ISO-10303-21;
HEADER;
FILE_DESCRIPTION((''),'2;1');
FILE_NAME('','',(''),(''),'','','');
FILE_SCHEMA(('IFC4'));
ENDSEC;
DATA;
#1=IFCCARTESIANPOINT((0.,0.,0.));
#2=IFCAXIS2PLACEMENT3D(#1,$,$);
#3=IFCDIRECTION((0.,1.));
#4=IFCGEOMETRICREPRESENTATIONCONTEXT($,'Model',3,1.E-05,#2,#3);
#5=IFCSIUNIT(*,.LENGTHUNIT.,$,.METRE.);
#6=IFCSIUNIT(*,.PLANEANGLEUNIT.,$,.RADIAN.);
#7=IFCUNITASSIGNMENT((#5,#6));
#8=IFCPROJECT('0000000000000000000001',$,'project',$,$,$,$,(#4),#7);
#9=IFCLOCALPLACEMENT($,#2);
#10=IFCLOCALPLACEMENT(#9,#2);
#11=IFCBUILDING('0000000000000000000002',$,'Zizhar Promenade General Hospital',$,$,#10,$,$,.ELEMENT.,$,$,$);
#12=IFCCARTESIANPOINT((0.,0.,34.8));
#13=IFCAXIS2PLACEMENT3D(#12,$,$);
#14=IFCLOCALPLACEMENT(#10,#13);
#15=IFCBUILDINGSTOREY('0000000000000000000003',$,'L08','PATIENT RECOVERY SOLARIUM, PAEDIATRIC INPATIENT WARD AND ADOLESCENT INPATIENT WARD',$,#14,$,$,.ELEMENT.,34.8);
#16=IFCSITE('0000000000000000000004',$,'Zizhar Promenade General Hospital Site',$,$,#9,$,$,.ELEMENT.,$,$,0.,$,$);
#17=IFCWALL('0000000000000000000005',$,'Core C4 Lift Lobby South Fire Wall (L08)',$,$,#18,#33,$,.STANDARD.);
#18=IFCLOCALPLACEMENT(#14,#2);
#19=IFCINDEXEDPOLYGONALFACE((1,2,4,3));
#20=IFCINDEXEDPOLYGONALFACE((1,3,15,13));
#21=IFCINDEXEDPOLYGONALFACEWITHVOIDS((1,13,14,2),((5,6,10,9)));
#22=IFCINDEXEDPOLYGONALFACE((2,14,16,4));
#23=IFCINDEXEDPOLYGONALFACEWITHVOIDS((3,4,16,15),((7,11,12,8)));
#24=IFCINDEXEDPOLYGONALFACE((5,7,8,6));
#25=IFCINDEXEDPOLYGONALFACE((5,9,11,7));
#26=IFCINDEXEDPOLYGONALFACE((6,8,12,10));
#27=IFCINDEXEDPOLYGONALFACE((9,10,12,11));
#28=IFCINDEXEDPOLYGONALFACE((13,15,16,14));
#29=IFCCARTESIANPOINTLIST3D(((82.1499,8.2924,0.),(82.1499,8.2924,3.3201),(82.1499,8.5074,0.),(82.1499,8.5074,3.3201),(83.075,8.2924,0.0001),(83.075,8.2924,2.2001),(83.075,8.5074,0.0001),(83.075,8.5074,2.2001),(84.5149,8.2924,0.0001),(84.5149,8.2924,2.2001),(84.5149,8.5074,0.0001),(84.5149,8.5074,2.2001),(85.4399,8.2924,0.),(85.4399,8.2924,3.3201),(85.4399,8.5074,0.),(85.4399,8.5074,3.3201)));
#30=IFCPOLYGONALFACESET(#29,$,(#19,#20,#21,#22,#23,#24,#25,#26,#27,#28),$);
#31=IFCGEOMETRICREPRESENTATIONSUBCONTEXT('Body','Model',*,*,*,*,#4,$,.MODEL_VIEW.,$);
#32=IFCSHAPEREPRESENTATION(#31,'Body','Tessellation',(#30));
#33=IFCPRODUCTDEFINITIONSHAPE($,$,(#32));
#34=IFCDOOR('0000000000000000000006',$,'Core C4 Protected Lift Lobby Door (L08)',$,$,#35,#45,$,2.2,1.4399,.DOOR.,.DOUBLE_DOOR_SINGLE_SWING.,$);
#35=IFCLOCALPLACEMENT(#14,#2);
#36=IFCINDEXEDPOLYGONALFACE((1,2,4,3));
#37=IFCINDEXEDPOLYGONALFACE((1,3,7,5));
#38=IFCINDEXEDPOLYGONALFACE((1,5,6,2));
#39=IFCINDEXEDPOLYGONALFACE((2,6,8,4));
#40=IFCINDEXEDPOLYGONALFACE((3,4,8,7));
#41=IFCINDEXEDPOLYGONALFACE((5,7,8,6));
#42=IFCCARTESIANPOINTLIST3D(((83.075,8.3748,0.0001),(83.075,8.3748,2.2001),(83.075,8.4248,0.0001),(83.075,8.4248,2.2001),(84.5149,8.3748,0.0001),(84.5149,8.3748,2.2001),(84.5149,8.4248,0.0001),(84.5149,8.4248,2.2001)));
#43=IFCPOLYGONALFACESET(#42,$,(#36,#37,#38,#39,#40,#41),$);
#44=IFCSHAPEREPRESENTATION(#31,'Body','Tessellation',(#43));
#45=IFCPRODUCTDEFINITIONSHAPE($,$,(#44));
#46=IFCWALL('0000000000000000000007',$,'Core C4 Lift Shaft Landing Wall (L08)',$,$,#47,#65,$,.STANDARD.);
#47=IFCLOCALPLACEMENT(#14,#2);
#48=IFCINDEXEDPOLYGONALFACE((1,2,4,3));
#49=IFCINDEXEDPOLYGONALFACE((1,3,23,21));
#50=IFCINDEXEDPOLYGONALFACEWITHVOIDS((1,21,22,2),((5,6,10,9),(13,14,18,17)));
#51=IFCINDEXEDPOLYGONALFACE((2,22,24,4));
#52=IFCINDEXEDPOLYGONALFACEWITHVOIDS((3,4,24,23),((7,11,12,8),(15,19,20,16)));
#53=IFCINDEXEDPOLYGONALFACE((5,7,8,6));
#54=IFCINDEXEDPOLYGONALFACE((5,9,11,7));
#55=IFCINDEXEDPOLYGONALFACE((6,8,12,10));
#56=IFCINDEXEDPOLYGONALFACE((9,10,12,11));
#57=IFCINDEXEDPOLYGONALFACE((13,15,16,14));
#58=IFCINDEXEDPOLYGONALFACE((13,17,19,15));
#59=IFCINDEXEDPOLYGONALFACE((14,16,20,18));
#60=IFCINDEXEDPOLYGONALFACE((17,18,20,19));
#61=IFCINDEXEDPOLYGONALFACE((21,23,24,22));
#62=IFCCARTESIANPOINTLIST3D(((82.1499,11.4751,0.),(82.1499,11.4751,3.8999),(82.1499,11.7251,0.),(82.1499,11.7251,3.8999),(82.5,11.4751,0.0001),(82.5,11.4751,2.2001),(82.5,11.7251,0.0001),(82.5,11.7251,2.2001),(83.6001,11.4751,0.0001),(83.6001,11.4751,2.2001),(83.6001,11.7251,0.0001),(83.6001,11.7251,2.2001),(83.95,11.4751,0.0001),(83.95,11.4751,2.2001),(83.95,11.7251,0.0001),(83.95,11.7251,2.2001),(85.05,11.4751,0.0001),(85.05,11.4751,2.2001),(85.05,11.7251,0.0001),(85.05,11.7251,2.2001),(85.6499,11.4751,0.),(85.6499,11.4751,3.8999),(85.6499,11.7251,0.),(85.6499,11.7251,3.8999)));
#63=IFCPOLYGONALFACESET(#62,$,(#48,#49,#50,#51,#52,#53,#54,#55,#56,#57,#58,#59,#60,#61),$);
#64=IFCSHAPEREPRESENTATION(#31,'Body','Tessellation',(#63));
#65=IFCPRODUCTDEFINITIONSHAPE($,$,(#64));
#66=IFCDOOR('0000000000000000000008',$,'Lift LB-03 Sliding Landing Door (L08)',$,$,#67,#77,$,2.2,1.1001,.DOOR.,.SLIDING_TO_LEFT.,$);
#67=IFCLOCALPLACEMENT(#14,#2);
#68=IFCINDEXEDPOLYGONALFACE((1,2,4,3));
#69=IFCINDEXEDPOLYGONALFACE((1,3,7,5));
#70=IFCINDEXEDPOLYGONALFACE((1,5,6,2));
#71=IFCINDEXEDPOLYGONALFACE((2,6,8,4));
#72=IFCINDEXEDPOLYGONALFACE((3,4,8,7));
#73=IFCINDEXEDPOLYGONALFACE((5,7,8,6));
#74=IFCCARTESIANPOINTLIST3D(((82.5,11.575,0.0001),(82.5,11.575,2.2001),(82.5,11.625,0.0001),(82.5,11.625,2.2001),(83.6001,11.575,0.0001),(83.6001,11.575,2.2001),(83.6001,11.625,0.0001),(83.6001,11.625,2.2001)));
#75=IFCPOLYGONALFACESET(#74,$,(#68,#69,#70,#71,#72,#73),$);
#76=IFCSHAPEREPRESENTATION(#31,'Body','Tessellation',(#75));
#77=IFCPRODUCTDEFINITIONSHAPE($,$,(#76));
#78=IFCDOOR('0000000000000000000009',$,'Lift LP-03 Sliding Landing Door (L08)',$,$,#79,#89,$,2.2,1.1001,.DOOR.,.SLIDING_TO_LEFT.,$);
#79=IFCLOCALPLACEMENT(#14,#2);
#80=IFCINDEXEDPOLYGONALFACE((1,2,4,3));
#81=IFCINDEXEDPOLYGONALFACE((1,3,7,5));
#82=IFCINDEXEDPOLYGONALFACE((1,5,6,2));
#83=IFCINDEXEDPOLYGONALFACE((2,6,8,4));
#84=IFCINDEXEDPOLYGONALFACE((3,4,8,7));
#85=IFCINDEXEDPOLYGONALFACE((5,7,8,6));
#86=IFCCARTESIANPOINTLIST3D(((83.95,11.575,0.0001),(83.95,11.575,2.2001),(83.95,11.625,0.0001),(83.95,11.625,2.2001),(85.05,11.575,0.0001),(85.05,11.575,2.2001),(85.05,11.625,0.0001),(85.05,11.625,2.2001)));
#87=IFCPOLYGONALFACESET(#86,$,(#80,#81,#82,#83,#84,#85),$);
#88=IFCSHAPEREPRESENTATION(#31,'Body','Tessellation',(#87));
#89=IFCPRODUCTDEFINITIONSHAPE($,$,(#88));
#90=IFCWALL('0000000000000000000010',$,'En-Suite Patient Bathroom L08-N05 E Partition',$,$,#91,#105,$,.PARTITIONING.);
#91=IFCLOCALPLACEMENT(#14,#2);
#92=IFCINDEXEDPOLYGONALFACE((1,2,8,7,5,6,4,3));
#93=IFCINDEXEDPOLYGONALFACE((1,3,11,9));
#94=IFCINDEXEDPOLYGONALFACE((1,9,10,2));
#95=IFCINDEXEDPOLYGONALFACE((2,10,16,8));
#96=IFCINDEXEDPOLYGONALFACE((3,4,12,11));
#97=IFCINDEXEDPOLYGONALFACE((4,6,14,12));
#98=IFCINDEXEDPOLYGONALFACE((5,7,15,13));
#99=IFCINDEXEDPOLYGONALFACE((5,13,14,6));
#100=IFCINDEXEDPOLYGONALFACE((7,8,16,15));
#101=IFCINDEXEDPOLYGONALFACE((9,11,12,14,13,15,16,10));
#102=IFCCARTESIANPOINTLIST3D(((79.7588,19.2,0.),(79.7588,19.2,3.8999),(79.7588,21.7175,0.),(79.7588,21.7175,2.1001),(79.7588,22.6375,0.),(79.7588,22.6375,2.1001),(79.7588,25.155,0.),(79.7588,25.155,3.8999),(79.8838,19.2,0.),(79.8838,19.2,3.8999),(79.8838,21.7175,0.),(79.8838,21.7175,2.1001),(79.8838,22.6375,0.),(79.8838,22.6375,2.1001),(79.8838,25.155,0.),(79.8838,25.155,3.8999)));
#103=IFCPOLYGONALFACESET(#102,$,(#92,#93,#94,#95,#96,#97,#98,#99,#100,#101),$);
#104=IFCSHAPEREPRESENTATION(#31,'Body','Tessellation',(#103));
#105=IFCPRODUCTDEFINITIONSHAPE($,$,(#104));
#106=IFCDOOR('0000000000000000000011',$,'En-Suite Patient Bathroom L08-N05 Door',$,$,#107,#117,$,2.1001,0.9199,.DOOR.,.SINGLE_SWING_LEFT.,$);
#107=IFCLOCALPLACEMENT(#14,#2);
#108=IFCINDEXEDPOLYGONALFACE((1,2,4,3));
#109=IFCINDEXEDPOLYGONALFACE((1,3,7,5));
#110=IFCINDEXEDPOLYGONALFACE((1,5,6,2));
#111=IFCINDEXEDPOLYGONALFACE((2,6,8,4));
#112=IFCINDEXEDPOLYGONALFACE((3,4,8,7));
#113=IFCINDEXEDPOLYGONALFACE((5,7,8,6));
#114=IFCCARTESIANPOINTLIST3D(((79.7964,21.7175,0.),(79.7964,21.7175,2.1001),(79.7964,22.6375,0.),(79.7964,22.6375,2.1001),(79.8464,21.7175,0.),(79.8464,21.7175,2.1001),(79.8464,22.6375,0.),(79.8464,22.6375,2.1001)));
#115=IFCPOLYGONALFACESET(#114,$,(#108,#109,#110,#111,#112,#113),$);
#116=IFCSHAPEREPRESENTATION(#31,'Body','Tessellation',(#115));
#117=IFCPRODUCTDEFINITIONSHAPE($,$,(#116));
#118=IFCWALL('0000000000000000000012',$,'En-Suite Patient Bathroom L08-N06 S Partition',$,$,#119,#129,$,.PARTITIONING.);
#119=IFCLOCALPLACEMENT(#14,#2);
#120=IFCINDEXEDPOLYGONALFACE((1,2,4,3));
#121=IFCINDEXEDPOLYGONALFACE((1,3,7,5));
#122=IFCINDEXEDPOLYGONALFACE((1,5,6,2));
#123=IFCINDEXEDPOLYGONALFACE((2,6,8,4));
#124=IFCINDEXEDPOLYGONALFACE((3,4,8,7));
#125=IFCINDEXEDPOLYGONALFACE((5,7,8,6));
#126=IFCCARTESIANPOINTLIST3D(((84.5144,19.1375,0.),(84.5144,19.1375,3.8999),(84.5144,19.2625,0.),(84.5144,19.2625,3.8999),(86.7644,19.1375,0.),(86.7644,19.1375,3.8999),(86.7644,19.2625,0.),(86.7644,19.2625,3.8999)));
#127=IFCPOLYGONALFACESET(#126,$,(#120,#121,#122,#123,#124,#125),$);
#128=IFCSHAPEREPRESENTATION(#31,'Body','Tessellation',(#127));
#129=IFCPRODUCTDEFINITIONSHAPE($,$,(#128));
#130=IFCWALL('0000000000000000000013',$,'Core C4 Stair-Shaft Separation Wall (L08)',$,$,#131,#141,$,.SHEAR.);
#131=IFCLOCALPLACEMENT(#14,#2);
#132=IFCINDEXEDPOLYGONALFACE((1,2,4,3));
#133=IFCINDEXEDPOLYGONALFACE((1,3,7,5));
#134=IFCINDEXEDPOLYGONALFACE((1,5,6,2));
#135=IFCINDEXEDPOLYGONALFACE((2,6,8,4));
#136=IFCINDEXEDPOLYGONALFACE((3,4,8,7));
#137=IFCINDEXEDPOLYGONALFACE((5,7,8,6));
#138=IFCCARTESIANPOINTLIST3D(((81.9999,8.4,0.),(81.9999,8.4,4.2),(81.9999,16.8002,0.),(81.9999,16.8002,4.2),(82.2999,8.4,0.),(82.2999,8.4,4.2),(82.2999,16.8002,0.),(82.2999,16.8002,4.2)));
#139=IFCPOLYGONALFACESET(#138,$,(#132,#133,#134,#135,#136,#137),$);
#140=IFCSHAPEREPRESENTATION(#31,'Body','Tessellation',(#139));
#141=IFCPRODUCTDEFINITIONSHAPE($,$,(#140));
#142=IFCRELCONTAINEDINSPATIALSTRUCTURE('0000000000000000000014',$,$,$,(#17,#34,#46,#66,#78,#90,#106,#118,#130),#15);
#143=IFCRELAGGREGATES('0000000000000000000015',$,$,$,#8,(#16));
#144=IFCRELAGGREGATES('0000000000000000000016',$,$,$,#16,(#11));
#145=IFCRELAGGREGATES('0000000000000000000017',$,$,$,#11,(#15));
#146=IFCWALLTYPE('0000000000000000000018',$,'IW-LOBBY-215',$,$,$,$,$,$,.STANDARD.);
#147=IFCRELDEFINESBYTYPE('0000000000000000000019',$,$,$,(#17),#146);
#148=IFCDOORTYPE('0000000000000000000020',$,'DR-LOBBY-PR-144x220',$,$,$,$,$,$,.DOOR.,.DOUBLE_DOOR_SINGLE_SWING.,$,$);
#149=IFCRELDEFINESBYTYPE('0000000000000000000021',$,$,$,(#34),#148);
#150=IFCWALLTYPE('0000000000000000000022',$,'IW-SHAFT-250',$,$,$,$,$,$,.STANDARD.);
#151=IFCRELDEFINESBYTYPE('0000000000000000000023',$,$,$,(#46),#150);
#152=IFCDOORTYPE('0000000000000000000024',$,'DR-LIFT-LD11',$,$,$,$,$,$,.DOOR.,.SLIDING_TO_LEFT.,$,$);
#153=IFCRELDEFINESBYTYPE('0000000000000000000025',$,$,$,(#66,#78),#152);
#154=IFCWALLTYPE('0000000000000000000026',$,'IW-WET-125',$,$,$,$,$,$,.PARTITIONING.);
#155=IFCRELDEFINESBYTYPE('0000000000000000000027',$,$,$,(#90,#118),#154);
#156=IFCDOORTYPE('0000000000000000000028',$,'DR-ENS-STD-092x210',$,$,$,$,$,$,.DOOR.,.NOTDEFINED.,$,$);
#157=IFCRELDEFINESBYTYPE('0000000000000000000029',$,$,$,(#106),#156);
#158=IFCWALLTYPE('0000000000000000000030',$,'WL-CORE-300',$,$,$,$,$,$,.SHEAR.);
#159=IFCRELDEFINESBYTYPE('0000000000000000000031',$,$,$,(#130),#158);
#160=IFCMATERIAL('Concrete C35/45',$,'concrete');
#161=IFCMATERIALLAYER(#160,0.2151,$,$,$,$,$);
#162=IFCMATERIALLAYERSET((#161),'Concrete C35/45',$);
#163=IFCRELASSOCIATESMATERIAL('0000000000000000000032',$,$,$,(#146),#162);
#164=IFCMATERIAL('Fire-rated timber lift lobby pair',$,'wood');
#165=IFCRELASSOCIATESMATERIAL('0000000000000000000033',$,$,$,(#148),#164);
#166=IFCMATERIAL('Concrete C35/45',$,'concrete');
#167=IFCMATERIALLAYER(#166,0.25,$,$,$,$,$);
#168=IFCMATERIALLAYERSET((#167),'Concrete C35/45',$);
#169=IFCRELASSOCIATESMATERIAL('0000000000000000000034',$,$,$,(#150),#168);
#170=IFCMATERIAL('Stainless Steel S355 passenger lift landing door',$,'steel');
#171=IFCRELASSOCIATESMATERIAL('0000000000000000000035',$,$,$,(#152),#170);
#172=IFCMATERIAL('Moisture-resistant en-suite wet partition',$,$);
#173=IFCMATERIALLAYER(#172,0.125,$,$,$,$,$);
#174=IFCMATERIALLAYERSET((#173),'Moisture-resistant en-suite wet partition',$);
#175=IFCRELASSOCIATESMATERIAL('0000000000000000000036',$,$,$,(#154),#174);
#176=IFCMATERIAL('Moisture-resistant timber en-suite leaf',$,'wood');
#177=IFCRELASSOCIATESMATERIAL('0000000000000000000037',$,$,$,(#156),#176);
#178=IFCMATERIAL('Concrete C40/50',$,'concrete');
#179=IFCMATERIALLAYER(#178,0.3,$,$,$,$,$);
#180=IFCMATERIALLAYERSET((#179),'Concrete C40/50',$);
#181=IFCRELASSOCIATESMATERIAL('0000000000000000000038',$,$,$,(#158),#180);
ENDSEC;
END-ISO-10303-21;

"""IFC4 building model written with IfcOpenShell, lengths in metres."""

from ifc_helpers import new_model, si_unit, direction, frame, frame_2d, origin, place, context, subcontext, project, spatial, rectangle, extrude, material, layer, layer_set, type_object, element, fill, save


model = new_model("IFC4")

# Units and contexts
model_context = context("Model", 3, precision=1e-05, world=origin(), true_north=direction((0.0, 1.0)))
body_context = subcontext(model_context, "Body", "Model", "MODEL_VIEW")
ifc_project = project(units=[si_unit("LENGTHUNIT", "METRE"), si_unit("PLANEANGLEUNIT", "RADIAN")], contexts=[model_context])

# Site, building, storey
site_placement = place(None, origin())
site = spatial("IfcSite", under=ifc_project, at=site_placement, Name="Zizhar Promenade General Hospital Site", CompositionType="ELEMENT", RefElevation=0.0)
building_placement = place(site_placement, origin())
building = spatial("IfcBuilding", under=site, at=building_placement, Name="Zizhar Promenade General Hospital", CompositionType="ELEMENT")
storey_placement = place(building_placement, frame((0.0, 0.0, 34.8)))
storey = spatial("IfcBuildingStorey", under=building, at=storey_placement, Name="L08", Description="PATIENT RECOVERY SOLARIUM, PAEDIATRIC INPATIENT WARD AND ADOLESCENT INPATIENT WARD", CompositionType="ELEMENT", Elevation=34.8)

# Wall, opening, door
ifc_material_1 = material(Name="Concrete C35/45", Category="concrete")
ifc_layer_1 = layer(ifc_material_1, 0.2151)
ifc_layer_set_1 = layer_set([ifc_layer_1], Name="Concrete C35/45")
wall_type_1 = type_object("IfcWallType", Name="IW-LOBBY-215", PredefinedType="STANDARD", material=ifc_layer_set_1)
wall_1_placement = place(storey_placement, frame((82.1499, 8.3999, 0.0), z_axis=(0.0, 0.0, 1.0), x_axis=(1.0, 0.0, 0.0)))
wall_1 = element("IfcWall", 1, at=wall_1_placement, inside=storey, type_object=wall_type_1, Name="Core C4 Lift Lobby South Fire Wall (L08)", PredefinedType="STANDARD", context=body_context, shape_type="SweptSolid", body=[
    extrude(rectangle(XDim=3.29, YDim=0.2151, at=frame_2d((1.645, 0.0))), origin(), (0.0, 0.0, 1.0), 3.3201),
])
opening_1_placement = place(wall_1_placement, frame((0.925, 0.0, 0.0)))
opening_1 = element("IfcOpeningElement", 2, at=opening_1_placement, cuts=wall_1, PredefinedType="OPENING", context=body_context, shape_type="SweptSolid", body=[
    extrude(rectangle(XDim=1.4399, YDim=2.2, at=frame_2d((0.72, 1.1001))), frame((0.0, 0.1177, 0.0), z_axis=(0.0, -1.0, 0.0), x_axis=(1.0, 0.0, 0.0)), (0.0, 0.0, 1.0), 0.2351),
])
ifc_material_2 = material(Name="Fire-rated timber lift lobby pair", Category="wood")
door_type_1 = type_object("IfcDoorType", Name="DR-LOBBY-PR-144x220", OperationType="DOUBLE_DOOR_SINGLE_SWING", PredefinedType="DOOR", material=ifc_material_2)
door_1_placement = place(opening_1_placement, origin())
door_1 = element("IfcDoor", 3, at=door_1_placement, inside=storey, type_object=door_type_1, Name="Core C4 Protected Lift Lobby Door (L08)", OperationType="DOUBLE_DOOR_SINGLE_SWING", OverallHeight=2.2, OverallWidth=1.4399, PredefinedType="DOOR", context=body_context, shape_type="SweptSolid", body=[
    extrude(rectangle(XDim=1.4399, YDim=2.2, at=frame_2d((0.72, 1.1001))), frame((0.0, 0.0249, 0.0), z_axis=(0.0, -1.0, 0.0), x_axis=(1.0, 0.0, 0.0)), (0.0, 0.0, 1.0), 0.05),
])
fill(opening_1, door_1)

# Wall, openings, doors
ifc_material_3 = material(Name="Concrete C35/45", Category="concrete")
ifc_layer_2 = layer(ifc_material_3, 0.25)
ifc_layer_set_2 = layer_set([ifc_layer_2], Name="Concrete C35/45")
wall_type_2 = type_object("IfcWallType", Name="IW-SHAFT-250", PredefinedType="STANDARD", material=ifc_layer_set_2)
wall_2_placement = place(storey_placement, frame((82.1499, 11.6001, 0.0), z_axis=(0.0, 0.0, 1.0), x_axis=(1.0, 0.0, 0.0)))
wall_2 = element("IfcWall", 4, at=wall_2_placement, inside=storey, type_object=wall_type_2, Name="Core C4 Lift Shaft Landing Wall (L08)", PredefinedType="STANDARD", context=body_context, shape_type="SweptSolid", body=[
    extrude(rectangle(XDim=3.5, YDim=0.25, at=frame_2d((1.75, 0.0))), origin(), (0.0, 0.0, 1.0), 3.8999),
])
opening_2_placement = place(wall_2_placement, frame((0.3501, 0.0, 0.0)))
opening_2 = element("IfcOpeningElement", 5, at=opening_2_placement, cuts=wall_2, PredefinedType="OPENING", context=body_context, shape_type="SweptSolid", body=[
    extrude(rectangle(XDim=1.1001, YDim=2.2, at=frame_2d((0.55, 1.1001))), frame((0.0, 0.135, 0.0), z_axis=(0.0, -1.0, 0.0), x_axis=(1.0, 0.0, 0.0)), (0.0, 0.0, 1.0), 0.27),
])
opening_3_placement = place(wall_2_placement, frame((1.8, 0.0, 0.0)))
opening_3 = element("IfcOpeningElement", 6, at=opening_3_placement, cuts=wall_2, PredefinedType="OPENING", context=body_context, shape_type="SweptSolid", body=[
    extrude(rectangle(XDim=1.1001, YDim=2.2, at=frame_2d((0.55, 1.1001))), frame((0.0, 0.135, 0.0), z_axis=(0.0, -1.0, 0.0), x_axis=(1.0, 0.0, 0.0)), (0.0, 0.0, 1.0), 0.27),
])
ifc_material_4 = material(Name="Stainless Steel S355 passenger lift landing door", Category="steel")
door_type_2 = type_object("IfcDoorType", Name="DR-LIFT-LD11", OperationType="SLIDING_TO_LEFT", PredefinedType="DOOR", material=ifc_material_4)
door_2_placement = place(opening_2_placement, origin())
door_2 = element("IfcDoor", 7, at=door_2_placement, inside=storey, type_object=door_type_2, Name="Lift LB-03 Sliding Landing Door (L08)", OperationType="SLIDING_TO_LEFT", OverallHeight=2.2, OverallWidth=1.1001, PredefinedType="DOOR", context=body_context, shape_type="SweptSolid", body=[
    extrude(rectangle(XDim=1.1001, YDim=2.2, at=frame_2d((0.55, 1.1001))), frame((0.0, 0.0249, 0.0), z_axis=(0.0, -1.0, 0.0), x_axis=(1.0, 0.0, 0.0)), (0.0, 0.0, 1.0), 0.05),
])
fill(opening_2, door_2)
door_3_placement = place(opening_3_placement, origin())
door_3 = element("IfcDoor", 8, at=door_3_placement, inside=storey, type_object=door_type_2, Name="Lift LP-03 Sliding Landing Door (L08)", OperationType="SLIDING_TO_LEFT", OverallHeight=2.2, OverallWidth=1.1001, PredefinedType="DOOR", context=body_context, shape_type="SweptSolid", body=[
    extrude(rectangle(XDim=1.1001, YDim=2.2, at=frame_2d((0.55, 1.1001))), frame((0.0, 0.0249, 0.0), z_axis=(0.0, -1.0, 0.0), x_axis=(1.0, 0.0, 0.0)), (0.0, 0.0, 1.0), 0.05),
])
fill(opening_3, door_3)

# Wall, opening, door
ifc_material_5 = material(Name="Moisture-resistant en-suite wet partition")
ifc_layer_3 = layer(ifc_material_5, 0.125)
ifc_layer_set_3 = layer_set([ifc_layer_3], Name="Moisture-resistant en-suite wet partition")
wall_type_3 = type_object("IfcWallType", Name="IW-WET-125", PredefinedType="PARTITIONING", material=ifc_layer_set_3)
wall_3_placement = place(storey_placement, frame((79.8213, 19.2, 0.0), z_axis=(0.0, 0.0, 1.0), x_axis=(0.0, 1.0, 0.0)))
wall_3 = element("IfcWall", 9, at=wall_3_placement, inside=storey, type_object=wall_type_3, Name="En-Suite Patient Bathroom L08-N05 E Partition", PredefinedType="PARTITIONING", context=body_context, shape_type="SweptSolid", body=[
    extrude(rectangle(XDim=5.9551, YDim=0.125, at=frame_2d((2.9775, 0.0))), origin(), (0.0, 0.0, 1.0), 3.8999),
])
opening_4_placement = place(wall_3_placement, frame((2.5176, 0.0, 0.0)))
opening_4 = element("IfcOpeningElement", 10, at=opening_4_placement, cuts=wall_3, PredefinedType="OPENING", context=body_context, shape_type="SweptSolid", body=[
    extrude(rectangle(XDim=0.9199, YDim=2.1001, at=frame_2d((0.46, 1.05))), frame((0.0, 0.0725, 0.0), z_axis=(0.0, -1.0, 0.0), x_axis=(1.0, 0.0, 0.0)), (0.0, 0.0, 1.0), 0.145),
])
ifc_material_6 = material(Name="Moisture-resistant timber en-suite leaf", Category="wood")
door_type_3 = type_object("IfcDoorType", Name="DR-ENS-STD-092x210", OperationType="NOTDEFINED", PredefinedType="DOOR", material=ifc_material_6)
door_4_placement = place(opening_4_placement, origin())
door_4 = element("IfcDoor", 11, at=door_4_placement, inside=storey, type_object=door_type_3, Name="En-Suite Patient Bathroom L08-N05 Door", OperationType="SINGLE_SWING_LEFT", OverallHeight=2.1001, OverallWidth=0.9199, PredefinedType="DOOR", context=body_context, shape_type="SweptSolid", body=[
    extrude(rectangle(XDim=0.9199, YDim=2.1001, at=frame_2d((0.46, 1.05))), frame((0.0, 0.0249, 0.0), z_axis=(0.0, -1.0, 0.0), x_axis=(1.0, 0.0, 0.0)), (0.0, 0.0, 1.0), 0.05),
])
fill(opening_4, door_4)

# Walls
wall_4_placement = place(storey_placement, frame((84.5144, 19.2, 0.0), z_axis=(0.0, 0.0, 1.0), x_axis=(1.0, 0.0, 0.0)))
element("IfcWall", 12, at=wall_4_placement, inside=storey, type_object=wall_type_3, Name="En-Suite Patient Bathroom L08-N06 S Partition", PredefinedType="PARTITIONING", context=body_context, shape_type="SweptSolid", body=[
    extrude(rectangle(XDim=2.25, YDim=0.125, at=frame_2d((1.125, 0.0))), origin(), (0.0, 0.0, 1.0), 3.8999),
])
ifc_material_7 = material(Name="Concrete C40/50", Category="concrete")
ifc_layer_4 = layer(ifc_material_7, 0.3)
ifc_layer_set_4 = layer_set([ifc_layer_4], Name="Concrete C40/50")
wall_type_4 = type_object("IfcWallType", Name="WL-CORE-300", PredefinedType="SHEAR", material=ifc_layer_set_4)
wall_5_placement = place(storey_placement, frame((82.1499, 8.3999, 0.0), z_axis=(0.0, 0.0, 1.0), x_axis=(0.0, 1.0, 0.0)))
element("IfcWall", 13, at=wall_5_placement, inside=storey, type_object=wall_type_4, Name="Core C4 Stair-Shaft Separation Wall (L08)", PredefinedType="SHEAR", context=body_context, shape_type="SweptSolid", body=[
    extrude(rectangle(XDim=8.4001, YDim=0.3, at=frame_2d((4.2002, 0.0))), origin(), (0.0, 0.0, 1.0), 4.2),
])

save(model, "model.ifc")
